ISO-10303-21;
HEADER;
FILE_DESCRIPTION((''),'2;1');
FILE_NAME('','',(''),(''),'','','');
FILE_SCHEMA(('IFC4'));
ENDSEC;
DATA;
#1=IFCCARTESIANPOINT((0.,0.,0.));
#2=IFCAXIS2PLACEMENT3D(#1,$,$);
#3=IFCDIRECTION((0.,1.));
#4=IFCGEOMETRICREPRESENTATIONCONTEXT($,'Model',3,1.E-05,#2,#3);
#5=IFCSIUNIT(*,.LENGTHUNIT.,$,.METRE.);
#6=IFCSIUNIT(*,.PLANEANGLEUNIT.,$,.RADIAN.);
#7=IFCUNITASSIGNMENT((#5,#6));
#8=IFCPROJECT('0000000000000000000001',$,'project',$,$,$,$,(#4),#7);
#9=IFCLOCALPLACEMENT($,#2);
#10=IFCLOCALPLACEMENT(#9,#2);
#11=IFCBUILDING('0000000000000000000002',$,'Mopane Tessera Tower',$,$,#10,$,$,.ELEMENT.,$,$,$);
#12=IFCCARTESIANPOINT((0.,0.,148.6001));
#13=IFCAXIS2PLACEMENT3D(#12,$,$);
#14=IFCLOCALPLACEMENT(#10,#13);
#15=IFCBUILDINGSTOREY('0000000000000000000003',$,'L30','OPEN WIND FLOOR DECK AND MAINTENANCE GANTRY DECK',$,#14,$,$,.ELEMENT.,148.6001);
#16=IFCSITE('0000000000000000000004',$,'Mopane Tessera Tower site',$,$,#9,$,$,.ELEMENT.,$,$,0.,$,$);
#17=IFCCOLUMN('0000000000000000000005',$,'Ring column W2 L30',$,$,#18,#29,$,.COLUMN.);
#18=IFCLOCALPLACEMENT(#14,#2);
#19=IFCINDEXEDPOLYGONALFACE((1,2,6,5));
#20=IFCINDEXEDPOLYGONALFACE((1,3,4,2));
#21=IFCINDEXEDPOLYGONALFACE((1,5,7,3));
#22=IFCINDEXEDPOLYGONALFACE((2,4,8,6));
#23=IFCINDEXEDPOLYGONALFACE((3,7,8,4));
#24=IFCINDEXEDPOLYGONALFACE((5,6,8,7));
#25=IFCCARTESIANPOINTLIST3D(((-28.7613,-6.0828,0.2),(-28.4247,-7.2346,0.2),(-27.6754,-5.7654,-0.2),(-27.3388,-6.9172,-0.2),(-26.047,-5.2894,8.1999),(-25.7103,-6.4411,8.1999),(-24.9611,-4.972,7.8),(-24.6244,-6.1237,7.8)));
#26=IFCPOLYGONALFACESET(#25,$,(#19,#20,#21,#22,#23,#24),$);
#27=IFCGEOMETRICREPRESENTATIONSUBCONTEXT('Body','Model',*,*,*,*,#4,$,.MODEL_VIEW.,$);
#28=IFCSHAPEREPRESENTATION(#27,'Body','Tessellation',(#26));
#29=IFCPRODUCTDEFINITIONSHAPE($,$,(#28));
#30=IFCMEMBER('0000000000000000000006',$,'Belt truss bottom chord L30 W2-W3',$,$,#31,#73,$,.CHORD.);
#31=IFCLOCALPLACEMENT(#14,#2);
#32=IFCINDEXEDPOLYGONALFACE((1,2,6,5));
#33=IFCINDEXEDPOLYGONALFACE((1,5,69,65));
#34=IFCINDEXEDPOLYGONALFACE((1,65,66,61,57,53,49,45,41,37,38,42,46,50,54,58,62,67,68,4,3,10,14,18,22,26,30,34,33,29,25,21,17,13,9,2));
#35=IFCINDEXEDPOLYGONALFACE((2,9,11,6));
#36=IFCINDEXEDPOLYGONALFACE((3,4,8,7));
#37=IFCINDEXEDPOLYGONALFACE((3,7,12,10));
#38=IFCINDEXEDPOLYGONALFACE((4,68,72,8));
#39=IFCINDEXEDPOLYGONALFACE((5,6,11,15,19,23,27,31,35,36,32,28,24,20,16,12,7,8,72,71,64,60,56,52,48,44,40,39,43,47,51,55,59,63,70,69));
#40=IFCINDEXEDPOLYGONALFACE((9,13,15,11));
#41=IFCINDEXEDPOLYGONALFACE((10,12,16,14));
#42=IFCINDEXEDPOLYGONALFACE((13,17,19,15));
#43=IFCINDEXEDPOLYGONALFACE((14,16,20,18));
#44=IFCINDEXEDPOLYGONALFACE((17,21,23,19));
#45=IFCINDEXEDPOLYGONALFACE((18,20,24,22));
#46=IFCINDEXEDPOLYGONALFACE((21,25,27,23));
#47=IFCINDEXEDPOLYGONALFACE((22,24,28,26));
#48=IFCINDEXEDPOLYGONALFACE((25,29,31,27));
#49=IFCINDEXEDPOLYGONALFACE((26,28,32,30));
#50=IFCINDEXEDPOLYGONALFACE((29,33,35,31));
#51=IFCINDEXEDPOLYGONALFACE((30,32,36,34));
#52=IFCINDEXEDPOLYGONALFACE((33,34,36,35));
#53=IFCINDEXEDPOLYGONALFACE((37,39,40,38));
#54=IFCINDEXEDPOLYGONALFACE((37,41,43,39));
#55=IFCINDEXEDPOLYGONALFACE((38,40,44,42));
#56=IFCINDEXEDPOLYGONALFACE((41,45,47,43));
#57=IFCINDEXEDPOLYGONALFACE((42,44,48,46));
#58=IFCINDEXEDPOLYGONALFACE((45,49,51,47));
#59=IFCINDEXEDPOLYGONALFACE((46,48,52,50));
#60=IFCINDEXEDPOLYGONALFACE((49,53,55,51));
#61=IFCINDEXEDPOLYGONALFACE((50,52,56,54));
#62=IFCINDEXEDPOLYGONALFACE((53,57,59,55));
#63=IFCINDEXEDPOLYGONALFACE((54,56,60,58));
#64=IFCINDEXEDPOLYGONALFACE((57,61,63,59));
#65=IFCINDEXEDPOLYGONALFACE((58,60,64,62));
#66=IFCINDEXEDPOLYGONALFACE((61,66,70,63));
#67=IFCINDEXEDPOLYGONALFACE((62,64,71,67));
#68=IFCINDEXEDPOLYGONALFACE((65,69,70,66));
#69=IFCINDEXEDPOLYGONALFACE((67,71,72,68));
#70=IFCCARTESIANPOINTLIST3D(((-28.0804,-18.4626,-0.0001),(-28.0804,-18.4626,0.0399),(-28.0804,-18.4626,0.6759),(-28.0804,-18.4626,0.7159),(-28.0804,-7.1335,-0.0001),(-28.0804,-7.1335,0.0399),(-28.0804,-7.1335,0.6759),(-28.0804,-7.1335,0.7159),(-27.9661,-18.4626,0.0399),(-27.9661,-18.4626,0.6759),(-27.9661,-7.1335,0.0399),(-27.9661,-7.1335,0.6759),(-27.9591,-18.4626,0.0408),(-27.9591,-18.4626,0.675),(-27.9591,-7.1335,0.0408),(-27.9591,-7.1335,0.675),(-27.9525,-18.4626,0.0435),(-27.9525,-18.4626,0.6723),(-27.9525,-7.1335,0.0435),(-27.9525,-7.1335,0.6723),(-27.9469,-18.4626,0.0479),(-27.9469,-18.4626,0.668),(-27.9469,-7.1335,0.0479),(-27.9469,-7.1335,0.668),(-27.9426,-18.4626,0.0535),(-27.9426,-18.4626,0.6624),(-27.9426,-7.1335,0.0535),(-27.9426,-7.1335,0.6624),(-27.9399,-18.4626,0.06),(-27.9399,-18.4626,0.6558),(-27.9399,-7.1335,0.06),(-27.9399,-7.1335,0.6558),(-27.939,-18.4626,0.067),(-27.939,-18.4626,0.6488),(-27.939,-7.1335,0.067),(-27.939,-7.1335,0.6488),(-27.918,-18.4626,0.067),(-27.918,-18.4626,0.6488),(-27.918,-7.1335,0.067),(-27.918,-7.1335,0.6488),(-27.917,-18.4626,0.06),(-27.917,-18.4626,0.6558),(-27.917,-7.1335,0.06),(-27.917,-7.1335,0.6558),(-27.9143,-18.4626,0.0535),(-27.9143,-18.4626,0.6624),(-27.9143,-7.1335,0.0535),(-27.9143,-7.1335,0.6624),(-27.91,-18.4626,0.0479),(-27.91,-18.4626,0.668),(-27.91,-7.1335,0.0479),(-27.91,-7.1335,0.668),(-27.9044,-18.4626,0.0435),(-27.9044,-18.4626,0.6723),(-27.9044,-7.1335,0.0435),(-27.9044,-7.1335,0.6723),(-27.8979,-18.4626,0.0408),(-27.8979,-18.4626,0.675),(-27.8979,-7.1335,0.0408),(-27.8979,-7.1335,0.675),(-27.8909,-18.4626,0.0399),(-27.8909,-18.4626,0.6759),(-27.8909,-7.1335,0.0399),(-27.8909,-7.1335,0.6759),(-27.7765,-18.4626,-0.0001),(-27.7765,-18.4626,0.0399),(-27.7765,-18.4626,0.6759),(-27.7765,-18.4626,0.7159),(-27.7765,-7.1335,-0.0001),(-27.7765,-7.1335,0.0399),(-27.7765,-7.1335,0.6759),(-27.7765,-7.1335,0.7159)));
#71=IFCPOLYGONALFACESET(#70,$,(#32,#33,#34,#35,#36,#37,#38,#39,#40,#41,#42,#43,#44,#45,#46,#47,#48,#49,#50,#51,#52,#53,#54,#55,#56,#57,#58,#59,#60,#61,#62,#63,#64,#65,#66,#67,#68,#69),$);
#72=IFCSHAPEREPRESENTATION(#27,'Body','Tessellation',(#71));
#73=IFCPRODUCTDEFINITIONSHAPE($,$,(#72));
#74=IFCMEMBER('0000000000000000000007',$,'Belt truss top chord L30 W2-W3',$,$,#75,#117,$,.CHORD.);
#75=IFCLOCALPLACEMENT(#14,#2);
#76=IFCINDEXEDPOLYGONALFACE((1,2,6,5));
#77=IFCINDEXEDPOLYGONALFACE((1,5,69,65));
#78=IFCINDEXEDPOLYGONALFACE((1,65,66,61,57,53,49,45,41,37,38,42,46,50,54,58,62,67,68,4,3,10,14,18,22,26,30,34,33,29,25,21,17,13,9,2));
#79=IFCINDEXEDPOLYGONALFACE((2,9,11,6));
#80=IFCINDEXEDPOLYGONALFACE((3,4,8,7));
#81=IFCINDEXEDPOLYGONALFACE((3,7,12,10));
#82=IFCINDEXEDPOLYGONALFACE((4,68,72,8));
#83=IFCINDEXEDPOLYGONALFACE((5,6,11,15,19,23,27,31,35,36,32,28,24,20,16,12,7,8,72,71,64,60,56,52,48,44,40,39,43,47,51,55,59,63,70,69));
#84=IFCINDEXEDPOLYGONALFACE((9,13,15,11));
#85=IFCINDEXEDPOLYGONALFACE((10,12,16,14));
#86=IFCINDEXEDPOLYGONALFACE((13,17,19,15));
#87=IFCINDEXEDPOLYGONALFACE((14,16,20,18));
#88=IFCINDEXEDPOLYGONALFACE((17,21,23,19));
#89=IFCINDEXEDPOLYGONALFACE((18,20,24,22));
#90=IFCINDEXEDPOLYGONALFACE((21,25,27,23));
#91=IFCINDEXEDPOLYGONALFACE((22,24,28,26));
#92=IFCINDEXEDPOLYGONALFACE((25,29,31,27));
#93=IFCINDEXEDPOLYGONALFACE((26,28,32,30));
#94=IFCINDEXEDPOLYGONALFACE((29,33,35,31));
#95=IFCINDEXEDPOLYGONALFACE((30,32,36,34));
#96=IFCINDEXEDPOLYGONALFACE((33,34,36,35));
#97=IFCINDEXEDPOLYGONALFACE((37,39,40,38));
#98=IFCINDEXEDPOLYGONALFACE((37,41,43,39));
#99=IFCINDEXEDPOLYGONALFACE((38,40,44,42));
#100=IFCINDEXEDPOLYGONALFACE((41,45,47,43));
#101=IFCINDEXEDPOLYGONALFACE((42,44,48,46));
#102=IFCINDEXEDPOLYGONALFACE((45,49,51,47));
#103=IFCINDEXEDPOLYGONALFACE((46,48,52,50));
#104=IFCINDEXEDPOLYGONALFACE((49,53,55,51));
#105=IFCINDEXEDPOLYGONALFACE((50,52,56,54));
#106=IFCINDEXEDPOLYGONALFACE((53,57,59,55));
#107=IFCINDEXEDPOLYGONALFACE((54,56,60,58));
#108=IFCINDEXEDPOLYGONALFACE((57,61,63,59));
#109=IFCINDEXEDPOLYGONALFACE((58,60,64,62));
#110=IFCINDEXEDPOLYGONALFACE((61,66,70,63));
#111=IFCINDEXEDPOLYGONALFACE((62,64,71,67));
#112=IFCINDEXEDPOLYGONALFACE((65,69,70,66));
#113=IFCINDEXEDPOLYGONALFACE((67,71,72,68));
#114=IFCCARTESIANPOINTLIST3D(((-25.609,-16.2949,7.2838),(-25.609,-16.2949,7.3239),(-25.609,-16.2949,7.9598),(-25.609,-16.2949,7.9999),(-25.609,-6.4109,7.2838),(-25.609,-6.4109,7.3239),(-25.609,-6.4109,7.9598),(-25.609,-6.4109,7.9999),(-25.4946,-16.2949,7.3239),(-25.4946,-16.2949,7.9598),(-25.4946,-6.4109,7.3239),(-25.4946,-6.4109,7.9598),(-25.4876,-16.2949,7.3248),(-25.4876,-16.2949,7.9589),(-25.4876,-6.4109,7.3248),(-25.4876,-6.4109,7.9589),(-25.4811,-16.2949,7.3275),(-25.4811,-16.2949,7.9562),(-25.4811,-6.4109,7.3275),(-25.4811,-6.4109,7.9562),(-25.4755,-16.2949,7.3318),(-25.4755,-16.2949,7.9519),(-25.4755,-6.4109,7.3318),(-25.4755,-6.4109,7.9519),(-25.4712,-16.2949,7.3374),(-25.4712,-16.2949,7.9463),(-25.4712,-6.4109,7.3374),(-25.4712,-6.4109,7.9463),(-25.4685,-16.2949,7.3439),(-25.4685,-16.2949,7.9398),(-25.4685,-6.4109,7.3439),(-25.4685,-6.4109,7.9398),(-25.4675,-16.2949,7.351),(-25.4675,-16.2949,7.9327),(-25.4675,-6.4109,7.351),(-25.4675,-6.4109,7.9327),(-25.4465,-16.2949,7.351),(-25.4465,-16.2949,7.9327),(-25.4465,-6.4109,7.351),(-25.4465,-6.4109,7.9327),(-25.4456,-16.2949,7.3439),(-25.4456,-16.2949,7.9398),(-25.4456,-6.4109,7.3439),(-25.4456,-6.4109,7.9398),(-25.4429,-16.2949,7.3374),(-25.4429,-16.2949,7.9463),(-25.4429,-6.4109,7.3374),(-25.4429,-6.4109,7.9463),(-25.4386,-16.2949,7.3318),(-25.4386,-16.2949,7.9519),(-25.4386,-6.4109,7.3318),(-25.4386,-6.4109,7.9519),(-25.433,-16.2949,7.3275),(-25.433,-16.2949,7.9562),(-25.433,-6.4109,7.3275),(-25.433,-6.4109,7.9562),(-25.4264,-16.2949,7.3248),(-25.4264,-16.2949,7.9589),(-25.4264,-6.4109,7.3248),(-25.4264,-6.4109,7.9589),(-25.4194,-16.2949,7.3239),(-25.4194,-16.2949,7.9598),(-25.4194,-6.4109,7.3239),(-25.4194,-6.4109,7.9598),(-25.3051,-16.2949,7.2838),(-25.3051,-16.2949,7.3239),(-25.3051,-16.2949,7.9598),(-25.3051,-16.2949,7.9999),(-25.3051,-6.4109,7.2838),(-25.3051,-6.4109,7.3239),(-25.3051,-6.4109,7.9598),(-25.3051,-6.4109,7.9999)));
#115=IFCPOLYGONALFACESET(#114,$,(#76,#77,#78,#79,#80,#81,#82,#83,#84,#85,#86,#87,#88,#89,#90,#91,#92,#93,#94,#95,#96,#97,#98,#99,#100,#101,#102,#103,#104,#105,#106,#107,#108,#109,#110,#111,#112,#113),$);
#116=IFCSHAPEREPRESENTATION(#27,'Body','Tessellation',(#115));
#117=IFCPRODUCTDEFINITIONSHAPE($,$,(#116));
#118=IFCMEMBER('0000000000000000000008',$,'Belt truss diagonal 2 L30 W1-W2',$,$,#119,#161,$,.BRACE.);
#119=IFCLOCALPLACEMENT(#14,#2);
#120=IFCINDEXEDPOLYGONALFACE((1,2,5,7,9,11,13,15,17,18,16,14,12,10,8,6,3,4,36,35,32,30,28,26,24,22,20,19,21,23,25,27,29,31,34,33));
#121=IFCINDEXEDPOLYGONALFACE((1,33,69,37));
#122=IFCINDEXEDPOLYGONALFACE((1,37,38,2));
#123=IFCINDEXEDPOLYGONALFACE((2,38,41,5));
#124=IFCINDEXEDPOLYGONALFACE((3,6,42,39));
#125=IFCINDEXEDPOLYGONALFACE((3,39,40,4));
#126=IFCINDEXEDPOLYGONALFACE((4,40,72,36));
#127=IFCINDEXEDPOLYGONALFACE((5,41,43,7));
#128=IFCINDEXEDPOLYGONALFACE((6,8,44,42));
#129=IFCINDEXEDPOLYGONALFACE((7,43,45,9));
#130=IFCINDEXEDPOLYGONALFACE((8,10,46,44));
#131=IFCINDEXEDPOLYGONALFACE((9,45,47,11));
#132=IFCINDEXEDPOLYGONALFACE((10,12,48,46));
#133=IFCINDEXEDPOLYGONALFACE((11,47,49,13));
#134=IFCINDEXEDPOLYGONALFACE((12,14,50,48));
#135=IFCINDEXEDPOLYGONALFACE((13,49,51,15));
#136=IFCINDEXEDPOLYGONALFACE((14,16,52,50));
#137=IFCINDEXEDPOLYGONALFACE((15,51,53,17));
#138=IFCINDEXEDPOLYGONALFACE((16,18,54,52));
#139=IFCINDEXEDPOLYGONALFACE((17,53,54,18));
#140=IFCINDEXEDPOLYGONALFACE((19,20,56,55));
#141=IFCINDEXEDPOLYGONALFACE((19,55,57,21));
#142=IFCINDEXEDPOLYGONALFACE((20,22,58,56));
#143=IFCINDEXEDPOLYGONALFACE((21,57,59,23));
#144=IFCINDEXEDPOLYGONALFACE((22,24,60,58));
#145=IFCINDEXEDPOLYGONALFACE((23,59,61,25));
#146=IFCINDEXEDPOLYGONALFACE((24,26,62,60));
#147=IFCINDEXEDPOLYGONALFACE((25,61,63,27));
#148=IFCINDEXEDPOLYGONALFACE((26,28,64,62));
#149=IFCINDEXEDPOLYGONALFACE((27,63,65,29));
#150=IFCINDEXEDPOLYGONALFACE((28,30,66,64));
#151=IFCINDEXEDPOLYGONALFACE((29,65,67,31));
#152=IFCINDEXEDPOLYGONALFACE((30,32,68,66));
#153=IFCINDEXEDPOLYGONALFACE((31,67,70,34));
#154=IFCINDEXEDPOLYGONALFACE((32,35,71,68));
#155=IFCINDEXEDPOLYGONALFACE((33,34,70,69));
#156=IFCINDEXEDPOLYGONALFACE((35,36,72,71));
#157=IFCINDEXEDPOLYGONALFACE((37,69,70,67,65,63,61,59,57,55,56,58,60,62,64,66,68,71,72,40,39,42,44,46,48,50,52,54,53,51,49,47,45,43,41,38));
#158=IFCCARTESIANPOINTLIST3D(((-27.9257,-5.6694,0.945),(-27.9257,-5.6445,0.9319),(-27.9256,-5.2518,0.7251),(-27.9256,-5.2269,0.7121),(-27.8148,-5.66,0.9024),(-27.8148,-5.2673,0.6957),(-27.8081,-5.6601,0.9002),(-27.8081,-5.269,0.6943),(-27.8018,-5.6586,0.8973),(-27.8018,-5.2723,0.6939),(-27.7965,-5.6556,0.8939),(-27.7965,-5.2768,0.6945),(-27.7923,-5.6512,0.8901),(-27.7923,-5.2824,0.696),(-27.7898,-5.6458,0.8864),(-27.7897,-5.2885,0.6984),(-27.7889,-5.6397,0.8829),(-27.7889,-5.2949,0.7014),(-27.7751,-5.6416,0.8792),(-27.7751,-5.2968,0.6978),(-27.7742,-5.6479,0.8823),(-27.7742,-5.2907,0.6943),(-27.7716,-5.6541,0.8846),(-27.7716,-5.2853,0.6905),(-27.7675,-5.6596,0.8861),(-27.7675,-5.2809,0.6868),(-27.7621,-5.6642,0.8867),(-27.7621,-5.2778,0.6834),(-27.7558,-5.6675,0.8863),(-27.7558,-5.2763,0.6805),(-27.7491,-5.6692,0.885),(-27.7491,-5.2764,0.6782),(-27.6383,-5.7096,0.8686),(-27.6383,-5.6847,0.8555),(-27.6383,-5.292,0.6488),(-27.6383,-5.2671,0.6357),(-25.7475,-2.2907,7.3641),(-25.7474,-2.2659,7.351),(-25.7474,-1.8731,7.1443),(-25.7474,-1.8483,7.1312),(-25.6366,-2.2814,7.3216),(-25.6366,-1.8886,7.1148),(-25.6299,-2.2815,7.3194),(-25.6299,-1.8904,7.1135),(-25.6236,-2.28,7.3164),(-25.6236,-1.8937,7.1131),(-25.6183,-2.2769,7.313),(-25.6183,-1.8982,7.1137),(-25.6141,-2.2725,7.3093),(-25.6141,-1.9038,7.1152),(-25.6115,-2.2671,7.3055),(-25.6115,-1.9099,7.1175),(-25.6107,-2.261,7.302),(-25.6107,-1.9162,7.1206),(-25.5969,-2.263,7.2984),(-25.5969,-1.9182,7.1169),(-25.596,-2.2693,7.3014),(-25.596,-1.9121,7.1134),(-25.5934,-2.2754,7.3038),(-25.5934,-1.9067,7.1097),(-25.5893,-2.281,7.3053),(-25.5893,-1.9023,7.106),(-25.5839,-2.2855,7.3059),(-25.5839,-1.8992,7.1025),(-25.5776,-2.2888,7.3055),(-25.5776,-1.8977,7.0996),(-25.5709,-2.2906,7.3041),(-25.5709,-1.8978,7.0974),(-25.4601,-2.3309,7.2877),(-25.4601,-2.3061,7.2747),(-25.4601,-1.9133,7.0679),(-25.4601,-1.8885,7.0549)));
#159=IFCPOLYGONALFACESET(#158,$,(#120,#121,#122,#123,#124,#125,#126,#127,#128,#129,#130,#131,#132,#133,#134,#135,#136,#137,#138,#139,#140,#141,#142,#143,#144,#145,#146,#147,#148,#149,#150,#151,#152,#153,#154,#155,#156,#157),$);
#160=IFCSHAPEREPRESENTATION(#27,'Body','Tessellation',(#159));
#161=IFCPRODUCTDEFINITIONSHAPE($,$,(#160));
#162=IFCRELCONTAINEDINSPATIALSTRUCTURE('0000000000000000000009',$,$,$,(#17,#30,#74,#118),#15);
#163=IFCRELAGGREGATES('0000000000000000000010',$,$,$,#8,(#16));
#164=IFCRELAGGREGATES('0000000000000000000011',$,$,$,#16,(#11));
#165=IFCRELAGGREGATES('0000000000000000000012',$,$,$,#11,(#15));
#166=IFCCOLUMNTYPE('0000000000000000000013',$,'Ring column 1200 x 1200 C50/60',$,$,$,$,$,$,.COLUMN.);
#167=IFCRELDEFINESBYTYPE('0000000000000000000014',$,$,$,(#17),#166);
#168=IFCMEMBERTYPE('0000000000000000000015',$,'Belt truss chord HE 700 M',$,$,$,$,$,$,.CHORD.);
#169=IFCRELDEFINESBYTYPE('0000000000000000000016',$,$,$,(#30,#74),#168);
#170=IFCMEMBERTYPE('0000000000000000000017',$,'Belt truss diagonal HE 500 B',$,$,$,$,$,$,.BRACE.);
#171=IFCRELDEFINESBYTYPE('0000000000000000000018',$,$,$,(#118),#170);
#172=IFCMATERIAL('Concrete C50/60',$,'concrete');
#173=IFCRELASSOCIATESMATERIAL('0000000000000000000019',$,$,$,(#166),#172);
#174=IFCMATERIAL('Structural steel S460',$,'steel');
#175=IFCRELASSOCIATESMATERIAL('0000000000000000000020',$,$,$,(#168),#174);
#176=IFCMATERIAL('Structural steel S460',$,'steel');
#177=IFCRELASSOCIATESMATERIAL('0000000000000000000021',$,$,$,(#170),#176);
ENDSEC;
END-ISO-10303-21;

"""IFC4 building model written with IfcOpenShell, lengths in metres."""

from ifc_helpers import new_model, si_unit, direction, frame, origin, origin_2d, place, context, subcontext, project, spatial, rectangle, i_section, extrude, material, material_profile, profile_set, type_object, element, save


model = new_model("IFC4")

# Units and contexts
model_context = context("Model", 3, precision=1e-05, world=origin(), true_north=direction((0.0, 1.0)))
body_context = subcontext(model_context, "Body", "Model", "MODEL_VIEW")
ifc_project = project(units=[si_unit("LENGTHUNIT", "METRE"), si_unit("PLANEANGLEUNIT", "RADIAN")], contexts=[model_context])

# Site, building, storey
site_placement = place(None, origin())
site = spatial("IfcSite", under=ifc_project, at=site_placement, Name="Mopane Tessera Tower site", CompositionType="ELEMENT", RefElevation=0.0)
building_placement = place(site_placement, origin())
building = spatial("IfcBuilding", under=site, at=building_placement, Name="Mopane Tessera Tower", CompositionType="ELEMENT")
storey_placement = place(building_placement, frame((0.0, 0.0, 148.6001)))
storey = spatial("IfcBuildingStorey", under=building, at=storey_placement, Name="L30", Description="OPEN WIND FLOOR DECK AND MAINTENANCE GANTRY DECK", CompositionType="ELEMENT", Elevation=148.6001)

# Column
ifc_material_1 = material(Name="Concrete C50/60", Category="concrete")
ifc_material_profile_1 = material_profile(ifc_material_1, rectangle(XDim=1.2, YDim=1.2, at=origin_2d()))
ifc_profile_set_1 = profile_set([ifc_material_profile_1], Name="Concrete C50/60")
column_type = type_object("IfcColumnType", Name="Ring column 1200 x 1200 C50/60", PredefinedType="COLUMN", material=ifc_profile_set_1)
column_placement = place(storey_placement, frame((-28.05, -6.5, 0.0), z_axis=(0.319896, 0.093512, 0.942827), x_axis=(-0.280577, 0.959832, 0.0)))
element("IfcColumn", 1, at=column_placement, inside=storey, type_object=column_type, Name="Ring column W2 L30", PredefinedType="COLUMN", context=body_context, shape_type="SweptSolid", body=[
    extrude(rectangle(XDim=1.2, YDim=1.2, at=origin_2d()), origin(), (0.0, 0.0, 1.0), 8.4851),
])

# Members
ifc_material_2 = material(Name="Structural steel S460", Category="steel")
ifc_material_profile_2 = material_profile(ifc_material_2, i_section(OverallWidth=0.304, OverallDepth=0.7161, WebThickness=0.021, FlangeThickness=0.04, FilletRadius=0.0271, at=origin_2d()))
ifc_profile_set_2 = profile_set([ifc_material_profile_2], Name="Structural steel S460")
member_type_1 = type_object("IfcMemberType", Name="Belt truss chord HE 700 M", PredefinedType="CHORD", material=ifc_profile_set_2)
member_1_placement = place(storey_placement, frame((-27.9285, -7.1335, 0.3579), z_axis=(0.0, -1.0, 0.0), x_axis=(1.0, 0.0, 0.0)))
element("IfcMember", 2, at=member_1_placement, inside=storey, type_object=member_type_1, Name="Belt truss bottom chord L30 W2-W3", PredefinedType="CHORD", context=body_context, shape_type="SweptSolid", body=[
    extrude(i_section(OverallWidth=0.304, OverallDepth=0.7161, WebThickness=0.021, FlangeThickness=0.04, FilletRadius=0.0271, at=origin_2d()), origin(), (0.0, 0.0, 1.0), 11.3291),
])
member_2_placement = place(storey_placement, frame((-25.457, -6.4109, 7.6418), z_axis=(0.0, -1.0, 0.0), x_axis=(1.0, 0.0, 0.0)))
element("IfcMember", 3, at=member_2_placement, inside=storey, type_object=member_type_1, Name="Belt truss top chord L30 W2-W3", PredefinedType="CHORD", context=body_context, shape_type="SweptSolid", body=[
    extrude(i_section(OverallWidth=0.304, OverallDepth=0.7161, WebThickness=0.021, FlangeThickness=0.04, FilletRadius=0.0271, at=origin_2d()), origin(), (0.0, 0.0, 1.0), 9.884),
])
ifc_material_3 = material(Name="Structural steel S460", Category="steel")
ifc_material_profile_3 = material_profile(ifc_material_3, i_section(OverallWidth=0.3, OverallDepth=0.5, WebThickness=0.0144, FlangeThickness=0.0281, FilletRadius=0.0271, at=origin_2d()))
ifc_profile_set_3 = profile_set([ifc_material_profile_3], Name="Structural steel S460")
member_type_2 = type_object("IfcMemberType", Name="Belt truss diagonal HE 500 B", PredefinedType="BRACE", material=ifc_profile_set_3)
member_3_placement = place(storey_placement, frame((-25.6038, -2.0896, 7.2095), z_axis=(-0.287591, -0.446085, -0.847526), x_axis=(0.957753, -0.133965, -0.254484)))
element("IfcMember", 4, at=member_3_placement, inside=storey, type_object=member_type_2, Name="Belt truss diagonal 2 L30 W1-W2", PredefinedType="BRACE", context=body_context, shape_type="SweptSolid", body=[
    extrude(i_section(OverallWidth=0.3, OverallDepth=0.5, WebThickness=0.0144, FlangeThickness=0.0281, FilletRadius=0.0271, at=origin_2d()), origin(), (0.0, 0.0, 1.0), 7.574),
])

save(model, "model.ifc")
